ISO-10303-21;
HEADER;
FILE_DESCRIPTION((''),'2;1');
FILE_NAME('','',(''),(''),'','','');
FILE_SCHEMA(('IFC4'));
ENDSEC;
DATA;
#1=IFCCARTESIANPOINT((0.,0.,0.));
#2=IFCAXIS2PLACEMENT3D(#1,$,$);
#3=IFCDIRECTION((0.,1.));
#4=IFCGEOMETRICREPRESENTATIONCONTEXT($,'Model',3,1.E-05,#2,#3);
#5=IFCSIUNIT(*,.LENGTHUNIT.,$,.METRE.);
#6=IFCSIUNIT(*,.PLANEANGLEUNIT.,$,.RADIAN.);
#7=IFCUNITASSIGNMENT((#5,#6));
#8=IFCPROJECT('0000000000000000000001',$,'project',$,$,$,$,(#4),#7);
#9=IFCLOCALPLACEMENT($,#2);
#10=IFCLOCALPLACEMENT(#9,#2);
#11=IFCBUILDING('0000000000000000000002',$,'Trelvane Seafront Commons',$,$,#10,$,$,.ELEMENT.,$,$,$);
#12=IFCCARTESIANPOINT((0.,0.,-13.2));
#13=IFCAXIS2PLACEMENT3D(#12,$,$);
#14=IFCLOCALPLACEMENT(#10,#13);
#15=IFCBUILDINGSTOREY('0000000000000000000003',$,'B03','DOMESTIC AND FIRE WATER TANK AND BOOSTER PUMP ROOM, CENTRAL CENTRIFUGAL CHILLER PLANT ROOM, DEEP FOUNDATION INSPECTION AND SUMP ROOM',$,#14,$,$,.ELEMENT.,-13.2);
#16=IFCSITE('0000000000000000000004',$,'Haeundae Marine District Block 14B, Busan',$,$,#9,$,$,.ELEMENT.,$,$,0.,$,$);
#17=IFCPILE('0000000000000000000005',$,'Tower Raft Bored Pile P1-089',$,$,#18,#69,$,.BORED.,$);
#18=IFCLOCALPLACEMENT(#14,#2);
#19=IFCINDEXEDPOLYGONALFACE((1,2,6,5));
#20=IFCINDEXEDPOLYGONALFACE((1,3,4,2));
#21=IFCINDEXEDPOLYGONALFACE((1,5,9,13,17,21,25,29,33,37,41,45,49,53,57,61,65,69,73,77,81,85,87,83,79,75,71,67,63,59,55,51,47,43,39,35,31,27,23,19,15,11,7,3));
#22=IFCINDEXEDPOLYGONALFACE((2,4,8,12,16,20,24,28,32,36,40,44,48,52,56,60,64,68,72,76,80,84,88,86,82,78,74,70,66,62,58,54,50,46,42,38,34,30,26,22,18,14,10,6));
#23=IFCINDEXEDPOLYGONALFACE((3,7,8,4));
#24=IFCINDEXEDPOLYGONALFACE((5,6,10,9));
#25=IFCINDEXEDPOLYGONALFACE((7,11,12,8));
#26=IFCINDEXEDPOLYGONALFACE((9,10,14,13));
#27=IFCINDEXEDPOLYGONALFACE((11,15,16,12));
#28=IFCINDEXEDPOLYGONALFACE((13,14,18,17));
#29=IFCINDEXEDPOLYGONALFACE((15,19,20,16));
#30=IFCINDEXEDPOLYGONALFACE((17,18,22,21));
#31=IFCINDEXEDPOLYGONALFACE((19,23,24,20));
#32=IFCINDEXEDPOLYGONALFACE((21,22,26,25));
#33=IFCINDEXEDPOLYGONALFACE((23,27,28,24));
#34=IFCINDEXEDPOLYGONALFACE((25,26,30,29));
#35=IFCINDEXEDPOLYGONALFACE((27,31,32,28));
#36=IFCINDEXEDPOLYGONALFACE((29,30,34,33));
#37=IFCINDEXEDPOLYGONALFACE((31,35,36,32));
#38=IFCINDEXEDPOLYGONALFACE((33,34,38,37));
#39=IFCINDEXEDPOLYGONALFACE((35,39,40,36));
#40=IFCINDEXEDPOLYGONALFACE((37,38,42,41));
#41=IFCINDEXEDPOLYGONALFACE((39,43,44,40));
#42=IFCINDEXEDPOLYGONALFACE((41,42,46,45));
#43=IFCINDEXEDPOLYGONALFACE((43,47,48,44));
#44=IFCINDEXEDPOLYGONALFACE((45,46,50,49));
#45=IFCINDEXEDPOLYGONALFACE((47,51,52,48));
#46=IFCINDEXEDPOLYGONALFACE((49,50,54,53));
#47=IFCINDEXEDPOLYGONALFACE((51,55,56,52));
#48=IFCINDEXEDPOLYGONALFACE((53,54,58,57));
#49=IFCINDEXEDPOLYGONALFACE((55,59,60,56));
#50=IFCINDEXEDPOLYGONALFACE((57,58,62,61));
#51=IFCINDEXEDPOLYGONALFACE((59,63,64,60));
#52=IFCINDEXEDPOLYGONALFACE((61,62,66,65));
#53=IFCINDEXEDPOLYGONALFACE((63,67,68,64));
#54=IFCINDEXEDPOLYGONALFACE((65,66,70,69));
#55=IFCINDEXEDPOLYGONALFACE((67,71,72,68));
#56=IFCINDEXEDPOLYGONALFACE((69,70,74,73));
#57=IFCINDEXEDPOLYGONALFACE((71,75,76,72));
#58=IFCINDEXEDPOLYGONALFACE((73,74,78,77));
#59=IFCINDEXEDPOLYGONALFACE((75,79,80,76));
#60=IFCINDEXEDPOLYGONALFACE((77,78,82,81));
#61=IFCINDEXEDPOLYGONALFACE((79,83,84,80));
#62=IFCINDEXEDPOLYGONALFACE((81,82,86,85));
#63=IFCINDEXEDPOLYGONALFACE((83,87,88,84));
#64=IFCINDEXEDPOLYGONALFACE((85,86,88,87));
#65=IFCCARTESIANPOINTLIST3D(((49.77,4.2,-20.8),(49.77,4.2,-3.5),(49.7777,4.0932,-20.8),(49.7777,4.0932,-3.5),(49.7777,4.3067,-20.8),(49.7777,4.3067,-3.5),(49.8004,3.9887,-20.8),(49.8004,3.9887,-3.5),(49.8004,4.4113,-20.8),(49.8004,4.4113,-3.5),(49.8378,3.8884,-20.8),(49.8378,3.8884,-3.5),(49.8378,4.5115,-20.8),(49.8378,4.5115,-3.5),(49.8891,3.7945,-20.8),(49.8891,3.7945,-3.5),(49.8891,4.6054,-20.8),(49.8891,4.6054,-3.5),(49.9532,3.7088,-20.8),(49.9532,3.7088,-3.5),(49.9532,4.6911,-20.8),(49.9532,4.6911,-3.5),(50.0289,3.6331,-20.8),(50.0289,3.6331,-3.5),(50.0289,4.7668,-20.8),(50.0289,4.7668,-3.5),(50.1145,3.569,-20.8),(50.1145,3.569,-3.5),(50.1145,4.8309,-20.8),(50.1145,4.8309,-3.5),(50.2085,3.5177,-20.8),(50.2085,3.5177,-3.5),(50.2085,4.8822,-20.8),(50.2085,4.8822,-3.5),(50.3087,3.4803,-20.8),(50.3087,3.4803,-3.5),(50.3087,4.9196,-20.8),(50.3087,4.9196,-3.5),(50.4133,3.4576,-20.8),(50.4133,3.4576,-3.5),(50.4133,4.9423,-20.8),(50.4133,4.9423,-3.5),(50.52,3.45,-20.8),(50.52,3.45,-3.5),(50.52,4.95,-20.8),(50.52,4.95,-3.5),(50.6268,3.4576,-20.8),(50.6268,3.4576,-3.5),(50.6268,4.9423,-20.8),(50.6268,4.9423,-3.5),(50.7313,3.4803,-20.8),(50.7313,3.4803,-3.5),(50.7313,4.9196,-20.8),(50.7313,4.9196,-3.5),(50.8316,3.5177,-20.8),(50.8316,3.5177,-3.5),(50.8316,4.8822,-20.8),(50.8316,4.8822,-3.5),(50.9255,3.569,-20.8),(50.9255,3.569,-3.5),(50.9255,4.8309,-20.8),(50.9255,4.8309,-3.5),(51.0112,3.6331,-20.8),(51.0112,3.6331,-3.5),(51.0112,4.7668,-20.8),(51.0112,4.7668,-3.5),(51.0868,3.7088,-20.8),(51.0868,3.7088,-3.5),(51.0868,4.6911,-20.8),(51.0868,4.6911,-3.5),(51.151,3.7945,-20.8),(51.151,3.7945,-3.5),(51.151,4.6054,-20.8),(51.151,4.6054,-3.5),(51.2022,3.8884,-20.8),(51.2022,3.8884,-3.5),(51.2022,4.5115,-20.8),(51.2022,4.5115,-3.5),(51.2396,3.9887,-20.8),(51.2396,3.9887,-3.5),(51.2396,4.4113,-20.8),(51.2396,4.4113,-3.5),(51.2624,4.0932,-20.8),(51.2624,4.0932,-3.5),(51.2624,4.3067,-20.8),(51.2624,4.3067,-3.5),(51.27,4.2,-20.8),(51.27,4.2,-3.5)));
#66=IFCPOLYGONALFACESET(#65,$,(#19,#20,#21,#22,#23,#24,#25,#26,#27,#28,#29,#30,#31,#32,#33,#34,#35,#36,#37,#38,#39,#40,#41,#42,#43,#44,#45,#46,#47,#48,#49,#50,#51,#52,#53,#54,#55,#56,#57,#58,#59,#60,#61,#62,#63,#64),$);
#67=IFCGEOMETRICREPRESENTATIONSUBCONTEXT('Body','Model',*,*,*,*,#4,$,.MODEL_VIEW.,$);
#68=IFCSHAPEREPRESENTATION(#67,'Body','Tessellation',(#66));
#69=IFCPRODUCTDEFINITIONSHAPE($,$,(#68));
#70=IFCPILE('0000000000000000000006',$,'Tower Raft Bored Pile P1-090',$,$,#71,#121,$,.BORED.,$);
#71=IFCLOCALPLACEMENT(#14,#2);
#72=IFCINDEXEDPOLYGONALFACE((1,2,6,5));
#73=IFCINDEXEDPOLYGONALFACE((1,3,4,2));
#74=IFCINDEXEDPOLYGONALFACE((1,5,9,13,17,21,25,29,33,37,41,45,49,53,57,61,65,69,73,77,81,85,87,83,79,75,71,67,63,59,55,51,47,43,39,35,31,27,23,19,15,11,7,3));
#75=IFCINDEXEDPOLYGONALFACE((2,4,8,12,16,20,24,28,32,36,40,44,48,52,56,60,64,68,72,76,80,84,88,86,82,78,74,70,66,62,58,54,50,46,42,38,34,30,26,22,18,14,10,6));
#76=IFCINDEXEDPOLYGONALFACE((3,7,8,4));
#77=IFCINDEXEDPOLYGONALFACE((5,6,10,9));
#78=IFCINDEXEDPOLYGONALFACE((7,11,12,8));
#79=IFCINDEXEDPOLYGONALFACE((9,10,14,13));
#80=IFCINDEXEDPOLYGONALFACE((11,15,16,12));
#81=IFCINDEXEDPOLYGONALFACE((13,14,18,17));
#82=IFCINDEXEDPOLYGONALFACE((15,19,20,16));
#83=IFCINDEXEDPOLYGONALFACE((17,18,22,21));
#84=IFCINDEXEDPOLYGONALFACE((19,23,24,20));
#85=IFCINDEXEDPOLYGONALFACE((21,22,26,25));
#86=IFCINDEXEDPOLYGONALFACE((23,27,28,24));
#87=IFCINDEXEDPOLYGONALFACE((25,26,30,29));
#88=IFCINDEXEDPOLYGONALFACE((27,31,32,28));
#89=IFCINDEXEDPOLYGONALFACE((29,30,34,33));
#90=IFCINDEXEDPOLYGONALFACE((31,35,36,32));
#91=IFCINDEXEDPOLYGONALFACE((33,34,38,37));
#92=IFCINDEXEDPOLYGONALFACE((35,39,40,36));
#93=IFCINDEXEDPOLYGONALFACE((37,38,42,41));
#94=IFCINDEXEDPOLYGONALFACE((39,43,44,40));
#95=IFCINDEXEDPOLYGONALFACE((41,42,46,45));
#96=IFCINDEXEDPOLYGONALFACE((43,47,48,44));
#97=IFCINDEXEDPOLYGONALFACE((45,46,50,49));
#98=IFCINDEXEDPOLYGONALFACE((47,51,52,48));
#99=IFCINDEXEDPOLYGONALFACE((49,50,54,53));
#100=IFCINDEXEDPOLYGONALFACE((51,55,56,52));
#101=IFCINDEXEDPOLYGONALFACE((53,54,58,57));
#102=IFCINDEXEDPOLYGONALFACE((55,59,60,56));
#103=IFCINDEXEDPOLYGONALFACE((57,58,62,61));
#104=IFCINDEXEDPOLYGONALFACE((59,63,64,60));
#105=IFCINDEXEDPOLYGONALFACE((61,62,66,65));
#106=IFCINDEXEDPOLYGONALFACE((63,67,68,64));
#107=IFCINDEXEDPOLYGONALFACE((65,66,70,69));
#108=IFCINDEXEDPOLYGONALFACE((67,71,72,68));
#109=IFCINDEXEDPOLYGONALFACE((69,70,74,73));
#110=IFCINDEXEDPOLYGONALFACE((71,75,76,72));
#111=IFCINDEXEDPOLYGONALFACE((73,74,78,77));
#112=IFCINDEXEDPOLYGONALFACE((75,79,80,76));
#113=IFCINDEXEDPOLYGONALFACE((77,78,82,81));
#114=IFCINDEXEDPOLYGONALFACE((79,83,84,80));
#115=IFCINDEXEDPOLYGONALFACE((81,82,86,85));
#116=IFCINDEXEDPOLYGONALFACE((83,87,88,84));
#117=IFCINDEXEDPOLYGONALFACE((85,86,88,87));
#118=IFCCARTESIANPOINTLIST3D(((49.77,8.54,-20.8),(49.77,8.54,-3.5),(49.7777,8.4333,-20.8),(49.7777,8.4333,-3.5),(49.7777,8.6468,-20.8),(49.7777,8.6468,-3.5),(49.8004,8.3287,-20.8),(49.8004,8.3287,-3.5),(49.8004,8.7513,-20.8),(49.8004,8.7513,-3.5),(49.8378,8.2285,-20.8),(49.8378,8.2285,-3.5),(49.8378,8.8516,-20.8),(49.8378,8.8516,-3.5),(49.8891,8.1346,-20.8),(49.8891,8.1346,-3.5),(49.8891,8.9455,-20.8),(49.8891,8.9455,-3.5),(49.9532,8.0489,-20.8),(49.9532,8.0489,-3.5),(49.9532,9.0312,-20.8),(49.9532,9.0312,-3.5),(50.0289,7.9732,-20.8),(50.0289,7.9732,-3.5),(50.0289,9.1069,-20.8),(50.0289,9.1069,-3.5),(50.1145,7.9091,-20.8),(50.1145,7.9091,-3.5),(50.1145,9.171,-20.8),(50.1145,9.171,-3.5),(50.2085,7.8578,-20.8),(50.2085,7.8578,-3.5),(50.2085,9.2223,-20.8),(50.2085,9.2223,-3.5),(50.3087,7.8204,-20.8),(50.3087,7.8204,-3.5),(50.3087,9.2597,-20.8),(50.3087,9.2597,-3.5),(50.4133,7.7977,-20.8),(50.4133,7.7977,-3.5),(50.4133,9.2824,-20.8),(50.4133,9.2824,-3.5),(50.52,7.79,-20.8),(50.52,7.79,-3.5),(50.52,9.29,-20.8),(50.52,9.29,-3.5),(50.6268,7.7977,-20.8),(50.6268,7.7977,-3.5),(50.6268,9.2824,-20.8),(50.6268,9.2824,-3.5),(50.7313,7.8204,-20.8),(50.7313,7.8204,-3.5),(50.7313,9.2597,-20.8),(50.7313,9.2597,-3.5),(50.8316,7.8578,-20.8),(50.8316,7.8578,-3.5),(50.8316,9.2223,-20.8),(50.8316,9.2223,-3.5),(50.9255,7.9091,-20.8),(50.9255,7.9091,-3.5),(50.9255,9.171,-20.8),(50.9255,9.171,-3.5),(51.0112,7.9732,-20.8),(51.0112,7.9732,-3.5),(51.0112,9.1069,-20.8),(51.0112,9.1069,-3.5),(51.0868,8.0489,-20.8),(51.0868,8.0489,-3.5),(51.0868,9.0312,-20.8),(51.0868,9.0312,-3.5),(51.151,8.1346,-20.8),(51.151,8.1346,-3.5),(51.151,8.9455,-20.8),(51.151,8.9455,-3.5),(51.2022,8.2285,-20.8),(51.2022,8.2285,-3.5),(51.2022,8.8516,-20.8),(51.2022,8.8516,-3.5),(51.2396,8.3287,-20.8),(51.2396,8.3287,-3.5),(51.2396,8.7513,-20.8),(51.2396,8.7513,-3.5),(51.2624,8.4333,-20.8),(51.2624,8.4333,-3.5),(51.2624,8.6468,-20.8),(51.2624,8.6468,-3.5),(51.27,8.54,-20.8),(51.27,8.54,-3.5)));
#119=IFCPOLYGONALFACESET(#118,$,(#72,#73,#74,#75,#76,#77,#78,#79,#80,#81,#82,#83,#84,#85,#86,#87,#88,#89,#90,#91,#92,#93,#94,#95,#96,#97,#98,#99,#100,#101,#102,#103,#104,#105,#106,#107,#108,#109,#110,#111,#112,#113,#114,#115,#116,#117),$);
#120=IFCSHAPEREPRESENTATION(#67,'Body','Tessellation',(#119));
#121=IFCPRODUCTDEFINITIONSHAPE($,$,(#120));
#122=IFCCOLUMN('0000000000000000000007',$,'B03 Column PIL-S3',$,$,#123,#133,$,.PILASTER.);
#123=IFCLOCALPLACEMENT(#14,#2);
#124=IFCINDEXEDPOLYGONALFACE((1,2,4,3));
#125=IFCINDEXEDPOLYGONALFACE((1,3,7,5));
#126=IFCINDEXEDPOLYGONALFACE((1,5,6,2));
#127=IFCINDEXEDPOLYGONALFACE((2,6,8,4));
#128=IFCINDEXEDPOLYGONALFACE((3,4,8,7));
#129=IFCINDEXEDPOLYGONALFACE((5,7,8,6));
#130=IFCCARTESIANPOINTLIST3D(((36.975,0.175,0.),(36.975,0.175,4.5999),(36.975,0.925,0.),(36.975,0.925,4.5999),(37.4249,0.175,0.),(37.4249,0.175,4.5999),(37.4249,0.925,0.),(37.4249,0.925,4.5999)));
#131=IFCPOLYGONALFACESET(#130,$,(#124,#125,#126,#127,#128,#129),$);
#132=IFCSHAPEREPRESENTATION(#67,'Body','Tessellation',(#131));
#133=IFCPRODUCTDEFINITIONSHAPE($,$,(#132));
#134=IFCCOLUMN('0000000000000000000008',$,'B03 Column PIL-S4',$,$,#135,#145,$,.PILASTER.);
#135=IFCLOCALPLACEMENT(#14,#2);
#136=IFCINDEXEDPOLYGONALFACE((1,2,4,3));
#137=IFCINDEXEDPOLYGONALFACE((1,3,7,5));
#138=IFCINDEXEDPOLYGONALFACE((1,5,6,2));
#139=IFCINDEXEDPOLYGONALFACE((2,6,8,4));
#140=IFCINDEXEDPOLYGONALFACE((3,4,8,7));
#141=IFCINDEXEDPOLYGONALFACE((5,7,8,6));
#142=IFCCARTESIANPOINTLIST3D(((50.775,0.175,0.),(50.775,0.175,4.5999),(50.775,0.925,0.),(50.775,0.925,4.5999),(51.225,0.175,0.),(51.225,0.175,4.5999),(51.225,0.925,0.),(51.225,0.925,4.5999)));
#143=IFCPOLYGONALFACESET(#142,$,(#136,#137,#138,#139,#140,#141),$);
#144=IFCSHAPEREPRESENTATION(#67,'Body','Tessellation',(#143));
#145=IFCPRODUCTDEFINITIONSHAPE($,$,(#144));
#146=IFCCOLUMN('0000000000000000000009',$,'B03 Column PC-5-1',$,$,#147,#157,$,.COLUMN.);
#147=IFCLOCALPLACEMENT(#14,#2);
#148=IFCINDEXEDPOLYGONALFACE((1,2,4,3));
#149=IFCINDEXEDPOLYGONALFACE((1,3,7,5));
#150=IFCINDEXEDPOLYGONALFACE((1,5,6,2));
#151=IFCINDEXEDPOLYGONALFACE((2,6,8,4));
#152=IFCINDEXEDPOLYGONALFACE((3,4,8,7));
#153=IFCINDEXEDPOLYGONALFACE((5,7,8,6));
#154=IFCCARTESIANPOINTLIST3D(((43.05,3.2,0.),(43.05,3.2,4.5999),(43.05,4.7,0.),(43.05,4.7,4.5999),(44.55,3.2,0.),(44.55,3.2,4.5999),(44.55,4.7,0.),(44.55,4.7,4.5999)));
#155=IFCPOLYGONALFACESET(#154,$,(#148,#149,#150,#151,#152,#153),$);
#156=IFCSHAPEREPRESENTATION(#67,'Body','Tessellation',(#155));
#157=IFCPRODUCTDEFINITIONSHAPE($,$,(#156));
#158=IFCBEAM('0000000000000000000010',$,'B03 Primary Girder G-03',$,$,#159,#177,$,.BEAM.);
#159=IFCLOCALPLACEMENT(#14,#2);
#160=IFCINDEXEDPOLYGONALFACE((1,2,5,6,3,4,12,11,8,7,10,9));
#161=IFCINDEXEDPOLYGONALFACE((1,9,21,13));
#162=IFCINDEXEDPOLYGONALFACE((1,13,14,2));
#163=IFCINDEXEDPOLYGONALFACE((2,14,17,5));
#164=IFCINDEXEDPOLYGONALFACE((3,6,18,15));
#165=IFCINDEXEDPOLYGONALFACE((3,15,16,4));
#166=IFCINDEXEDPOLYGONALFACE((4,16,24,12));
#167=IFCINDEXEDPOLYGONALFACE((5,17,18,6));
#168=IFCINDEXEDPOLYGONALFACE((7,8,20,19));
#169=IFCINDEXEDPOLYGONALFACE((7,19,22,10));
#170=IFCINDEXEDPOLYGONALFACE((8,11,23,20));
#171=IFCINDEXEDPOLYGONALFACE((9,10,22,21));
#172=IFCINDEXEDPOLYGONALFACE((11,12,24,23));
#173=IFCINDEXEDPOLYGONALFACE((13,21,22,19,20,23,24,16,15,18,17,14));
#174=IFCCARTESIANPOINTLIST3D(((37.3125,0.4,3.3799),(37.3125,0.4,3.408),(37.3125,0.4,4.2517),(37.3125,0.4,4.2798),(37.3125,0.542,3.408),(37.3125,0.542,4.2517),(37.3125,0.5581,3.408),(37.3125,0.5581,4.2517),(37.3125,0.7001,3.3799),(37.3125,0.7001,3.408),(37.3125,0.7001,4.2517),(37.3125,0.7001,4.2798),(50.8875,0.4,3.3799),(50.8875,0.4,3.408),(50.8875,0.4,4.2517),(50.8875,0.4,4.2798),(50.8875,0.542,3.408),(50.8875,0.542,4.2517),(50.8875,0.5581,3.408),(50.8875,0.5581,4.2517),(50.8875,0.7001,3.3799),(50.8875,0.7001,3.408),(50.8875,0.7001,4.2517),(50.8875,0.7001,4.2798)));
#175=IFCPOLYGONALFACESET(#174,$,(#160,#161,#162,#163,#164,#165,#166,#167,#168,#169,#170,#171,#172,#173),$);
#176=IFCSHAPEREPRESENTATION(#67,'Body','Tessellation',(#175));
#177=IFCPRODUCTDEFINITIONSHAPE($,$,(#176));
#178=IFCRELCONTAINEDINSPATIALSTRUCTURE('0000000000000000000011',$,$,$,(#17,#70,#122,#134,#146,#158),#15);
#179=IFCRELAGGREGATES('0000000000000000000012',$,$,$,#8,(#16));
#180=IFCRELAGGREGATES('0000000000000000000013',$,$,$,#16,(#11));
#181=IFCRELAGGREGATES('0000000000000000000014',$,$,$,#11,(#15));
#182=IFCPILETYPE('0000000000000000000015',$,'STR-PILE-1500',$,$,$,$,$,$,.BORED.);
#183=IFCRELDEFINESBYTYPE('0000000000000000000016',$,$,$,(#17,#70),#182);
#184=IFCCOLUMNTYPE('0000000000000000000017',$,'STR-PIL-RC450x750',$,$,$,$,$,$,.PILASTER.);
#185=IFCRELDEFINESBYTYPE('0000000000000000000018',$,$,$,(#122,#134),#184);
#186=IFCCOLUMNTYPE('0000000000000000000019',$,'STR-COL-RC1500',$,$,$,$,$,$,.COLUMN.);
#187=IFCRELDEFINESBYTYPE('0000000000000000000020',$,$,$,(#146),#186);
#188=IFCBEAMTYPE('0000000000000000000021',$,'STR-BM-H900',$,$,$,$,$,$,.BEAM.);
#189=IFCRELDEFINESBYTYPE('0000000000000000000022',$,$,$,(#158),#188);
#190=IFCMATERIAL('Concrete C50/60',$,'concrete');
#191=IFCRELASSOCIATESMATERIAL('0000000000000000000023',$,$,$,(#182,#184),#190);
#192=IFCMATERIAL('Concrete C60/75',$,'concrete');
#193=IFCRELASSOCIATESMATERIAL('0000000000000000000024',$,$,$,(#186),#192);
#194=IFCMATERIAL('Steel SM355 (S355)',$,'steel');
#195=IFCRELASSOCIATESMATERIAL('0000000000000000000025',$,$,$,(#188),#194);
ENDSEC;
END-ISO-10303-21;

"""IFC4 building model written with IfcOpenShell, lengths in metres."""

from ifc_helpers import new_model, si_unit, direction, frame, origin, origin_2d, place, context, subcontext, project, spatial, rectangle, circle, i_section, extrude, source, transform, mapped, material, material_profile, profile_set, type_object, element, save


model = new_model("IFC4")

# Units and contexts
model_context = context("Model", 3, precision=1e-05, world=origin(), true_north=direction((0.0, 1.0)))
body_context = subcontext(model_context, "Body", "Model", "MODEL_VIEW")
ifc_project = project(units=[si_unit("LENGTHUNIT", "METRE"), si_unit("PLANEANGLEUNIT", "RADIAN")], contexts=[model_context])

# Site, building, storey
site_placement = place(None, origin())
site = spatial("IfcSite", under=ifc_project, at=site_placement, Name="Haeundae Marine District Block 14B, Busan", CompositionType="ELEMENT", RefElevation=0.0)
building_placement = place(site_placement, origin())
building = spatial("IfcBuilding", under=site, at=building_placement, Name="Trelvane Seafront Commons", CompositionType="ELEMENT")
storey_placement = place(building_placement, frame((0.0, 0.0, -13.2)))
storey = spatial("IfcBuildingStorey", under=building, at=storey_placement, Name="B03", Description="DOMESTIC AND FIRE WATER TANK AND BOOSTER PUMP ROOM, CENTRAL CENTRIFUGAL CHILLER PLANT ROOM, DEEP FOUNDATION INSPECTION AND SUMP ROOM", CompositionType="ELEMENT", Elevation=-13.2)

# Piles
ifc_material_1 = material(Name="Concrete C50/60", Category="concrete")
ifc_material_profile_1 = material_profile(ifc_material_1, circle(Radius=0.75, at=origin_2d()), Name="PILE-1500")
ifc_profile_set_1 = profile_set([ifc_material_profile_1], Name="Concrete C50/60")
pile_type = type_object("IfcPileType", Name="STR-PILE-1500", PredefinedType="BORED", material=ifc_profile_set_1)
shared_shape_1 = source(origin(), body_context, "Body", "SweptSolid", [
    extrude(circle(Radius=0.75, at=origin_2d()), origin(), (0.0, 0.0, 1.0), 17.3),
])
for number, where, z_axis, x_axis, name in (
    (1, (50.52, 4.2, -3.5), (0.0, 0.0, -1.0), (1.0, 0.0, 0.0), "Tower Raft Bored Pile P1-089"),
    (2, (50.52, 8.54, -3.5), (0.0, 0.0, -1.0), (1.0, 0.0, 0.0), "Tower Raft Bored Pile P1-090"),
):
    element("IfcPile", number, at=place(storey_placement, frame(where, z_axis=z_axis, x_axis=x_axis)), inside=storey, type_object=pile_type, Name=name, PredefinedType="BORED", context=body_context, shape_type="MappedRepresentation", body=[
        mapped(shared_shape_1, transform((0.0, 0.0, 0.0), x_axis=(1.0, 0.0, 0.0), y_axis=(0.0, 1.0, 0.0), z_axis=(0.0, 0.0, 1.0), scale=1.0)),
    ])

# Columns
ifc_material_profile_2 = material_profile(ifc_material_1, rectangle(XDim=0.45, YDim=0.75, at=origin_2d()), Name="RC-450x750")
ifc_profile_set_2 = profile_set([ifc_material_profile_2], Name="Concrete C50/60")
column_type_1 = type_object("IfcColumnType", Name="STR-PIL-RC450x750", PredefinedType="PILASTER", material=ifc_profile_set_2)
shared_shape_2 = source(origin(), body_context, "Body", "SweptSolid", [
    extrude(rectangle(XDim=0.45, YDim=0.75, at=origin_2d()), origin(), (0.0, 0.0, 1.0), 4.5999),
])
for number, where, z_axis, x_axis, name in (
    (3, (37.2, 0.55, 0.0), (0.0, 0.0, 1.0), (1.0, 0.0, 0.0), "B03 Column PIL-S3"),
    (4, (51.0, 0.55, 0.0), (0.0, 0.0, 1.0), (1.0, 0.0, 0.0), "B03 Column PIL-S4"),
):
    element("IfcColumn", number, at=place(storey_placement, frame(where, z_axis=z_axis, x_axis=x_axis)), inside=storey, type_object=column_type_1, Name=name, PredefinedType="PILASTER", context=body_context, shape_type="MappedRepresentation", body=[
        mapped(shared_shape_2, transform((0.0, 0.0, 0.0), x_axis=(1.0, 0.0, 0.0), y_axis=(0.0, 1.0, 0.0), z_axis=(0.0, 0.0, 1.0), scale=1.0)),
    ])
ifc_material_2 = material(Name="Concrete C60/75", Category="concrete")
ifc_material_profile_3 = material_profile(ifc_material_2, rectangle(XDim=1.5, YDim=1.5, at=origin_2d()), Name="RC-1500x1500")
ifc_profile_set_3 = profile_set([ifc_material_profile_3], Name="Concrete C60/75")
column_type_2 = type_object("IfcColumnType", Name="STR-COL-RC1500", PredefinedType="COLUMN", material=ifc_profile_set_3)
shared_shape_3 = source(origin(), body_context, "Body", "SweptSolid", [
    extrude(rectangle(XDim=1.5, YDim=1.5, at=origin_2d()), origin(), (0.0, 0.0, 1.0), 4.5999),
])
column_placement = place(storey_placement, frame((43.8, 3.95, 0.0), z_axis=(0.0, 0.0, 1.0), x_axis=(1.0, 0.0, 0.0)))
element("IfcColumn", 5, at=column_placement, inside=storey, type_object=column_type_2, Name="B03 Column PC-5-1", PredefinedType="COLUMN", context=body_context, shape_type="MappedRepresentation", body=[
    mapped(shared_shape_3, transform((0.0, 0.0, 0.0), x_axis=(1.0, 0.0, 0.0), y_axis=(0.0, 1.0, 0.0), z_axis=(0.0, 0.0, 1.0), scale=1.0)),
])

# Beam
ifc_material_3 = material(Name="Steel SM355 (S355)", Category="steel")
ifc_material_profile_4 = material_profile(ifc_material_3, i_section(OverallWidth=0.3, OverallDepth=0.8999, WebThickness=0.0161, FlangeThickness=0.0281, at=origin_2d()), Name="H-900x300x16x28")
ifc_profile_set_4 = profile_set([ifc_material_profile_4], Name="Steel SM355 (S355)")
beam_type_1 = type_object("IfcBeamType", Name="STR-BM-H900", PredefinedType="BEAM", material=ifc_profile_set_4)
shared_shape_4 = source(origin(), body_context, "Body", "SweptSolid", [
    extrude(i_section(OverallWidth=0.3, OverallDepth=0.8999, WebThickness=0.0161, FlangeThickness=0.0281, at=origin_2d()), origin(), (0.0, 0.0, 1.0), 13.575),
])
beam_1_placement = place(storey_placement, frame((37.3125, 0.55, 3.8298), z_axis=(1.0, 0.0, 0.0), x_axis=(0.0, 1.0, 0.0)))
element("IfcBeam", 6, at=beam_1_placement, inside=storey, type_object=beam_type_1, Name="B03 Primary Girder G-03", PredefinedType="BEAM", context=body_context, shape_type="MappedRepresentation", body=[
    mapped(shared_shape_4, transform((0.0, 0.0, 0.0), x_axis=(1.0, 0.0, 0.0), y_axis=(0.0, 1.0, 0.0), z_axis=(0.0, 0.0, 1.0), scale=1.0)),
])

save(model, "model.ifc")
